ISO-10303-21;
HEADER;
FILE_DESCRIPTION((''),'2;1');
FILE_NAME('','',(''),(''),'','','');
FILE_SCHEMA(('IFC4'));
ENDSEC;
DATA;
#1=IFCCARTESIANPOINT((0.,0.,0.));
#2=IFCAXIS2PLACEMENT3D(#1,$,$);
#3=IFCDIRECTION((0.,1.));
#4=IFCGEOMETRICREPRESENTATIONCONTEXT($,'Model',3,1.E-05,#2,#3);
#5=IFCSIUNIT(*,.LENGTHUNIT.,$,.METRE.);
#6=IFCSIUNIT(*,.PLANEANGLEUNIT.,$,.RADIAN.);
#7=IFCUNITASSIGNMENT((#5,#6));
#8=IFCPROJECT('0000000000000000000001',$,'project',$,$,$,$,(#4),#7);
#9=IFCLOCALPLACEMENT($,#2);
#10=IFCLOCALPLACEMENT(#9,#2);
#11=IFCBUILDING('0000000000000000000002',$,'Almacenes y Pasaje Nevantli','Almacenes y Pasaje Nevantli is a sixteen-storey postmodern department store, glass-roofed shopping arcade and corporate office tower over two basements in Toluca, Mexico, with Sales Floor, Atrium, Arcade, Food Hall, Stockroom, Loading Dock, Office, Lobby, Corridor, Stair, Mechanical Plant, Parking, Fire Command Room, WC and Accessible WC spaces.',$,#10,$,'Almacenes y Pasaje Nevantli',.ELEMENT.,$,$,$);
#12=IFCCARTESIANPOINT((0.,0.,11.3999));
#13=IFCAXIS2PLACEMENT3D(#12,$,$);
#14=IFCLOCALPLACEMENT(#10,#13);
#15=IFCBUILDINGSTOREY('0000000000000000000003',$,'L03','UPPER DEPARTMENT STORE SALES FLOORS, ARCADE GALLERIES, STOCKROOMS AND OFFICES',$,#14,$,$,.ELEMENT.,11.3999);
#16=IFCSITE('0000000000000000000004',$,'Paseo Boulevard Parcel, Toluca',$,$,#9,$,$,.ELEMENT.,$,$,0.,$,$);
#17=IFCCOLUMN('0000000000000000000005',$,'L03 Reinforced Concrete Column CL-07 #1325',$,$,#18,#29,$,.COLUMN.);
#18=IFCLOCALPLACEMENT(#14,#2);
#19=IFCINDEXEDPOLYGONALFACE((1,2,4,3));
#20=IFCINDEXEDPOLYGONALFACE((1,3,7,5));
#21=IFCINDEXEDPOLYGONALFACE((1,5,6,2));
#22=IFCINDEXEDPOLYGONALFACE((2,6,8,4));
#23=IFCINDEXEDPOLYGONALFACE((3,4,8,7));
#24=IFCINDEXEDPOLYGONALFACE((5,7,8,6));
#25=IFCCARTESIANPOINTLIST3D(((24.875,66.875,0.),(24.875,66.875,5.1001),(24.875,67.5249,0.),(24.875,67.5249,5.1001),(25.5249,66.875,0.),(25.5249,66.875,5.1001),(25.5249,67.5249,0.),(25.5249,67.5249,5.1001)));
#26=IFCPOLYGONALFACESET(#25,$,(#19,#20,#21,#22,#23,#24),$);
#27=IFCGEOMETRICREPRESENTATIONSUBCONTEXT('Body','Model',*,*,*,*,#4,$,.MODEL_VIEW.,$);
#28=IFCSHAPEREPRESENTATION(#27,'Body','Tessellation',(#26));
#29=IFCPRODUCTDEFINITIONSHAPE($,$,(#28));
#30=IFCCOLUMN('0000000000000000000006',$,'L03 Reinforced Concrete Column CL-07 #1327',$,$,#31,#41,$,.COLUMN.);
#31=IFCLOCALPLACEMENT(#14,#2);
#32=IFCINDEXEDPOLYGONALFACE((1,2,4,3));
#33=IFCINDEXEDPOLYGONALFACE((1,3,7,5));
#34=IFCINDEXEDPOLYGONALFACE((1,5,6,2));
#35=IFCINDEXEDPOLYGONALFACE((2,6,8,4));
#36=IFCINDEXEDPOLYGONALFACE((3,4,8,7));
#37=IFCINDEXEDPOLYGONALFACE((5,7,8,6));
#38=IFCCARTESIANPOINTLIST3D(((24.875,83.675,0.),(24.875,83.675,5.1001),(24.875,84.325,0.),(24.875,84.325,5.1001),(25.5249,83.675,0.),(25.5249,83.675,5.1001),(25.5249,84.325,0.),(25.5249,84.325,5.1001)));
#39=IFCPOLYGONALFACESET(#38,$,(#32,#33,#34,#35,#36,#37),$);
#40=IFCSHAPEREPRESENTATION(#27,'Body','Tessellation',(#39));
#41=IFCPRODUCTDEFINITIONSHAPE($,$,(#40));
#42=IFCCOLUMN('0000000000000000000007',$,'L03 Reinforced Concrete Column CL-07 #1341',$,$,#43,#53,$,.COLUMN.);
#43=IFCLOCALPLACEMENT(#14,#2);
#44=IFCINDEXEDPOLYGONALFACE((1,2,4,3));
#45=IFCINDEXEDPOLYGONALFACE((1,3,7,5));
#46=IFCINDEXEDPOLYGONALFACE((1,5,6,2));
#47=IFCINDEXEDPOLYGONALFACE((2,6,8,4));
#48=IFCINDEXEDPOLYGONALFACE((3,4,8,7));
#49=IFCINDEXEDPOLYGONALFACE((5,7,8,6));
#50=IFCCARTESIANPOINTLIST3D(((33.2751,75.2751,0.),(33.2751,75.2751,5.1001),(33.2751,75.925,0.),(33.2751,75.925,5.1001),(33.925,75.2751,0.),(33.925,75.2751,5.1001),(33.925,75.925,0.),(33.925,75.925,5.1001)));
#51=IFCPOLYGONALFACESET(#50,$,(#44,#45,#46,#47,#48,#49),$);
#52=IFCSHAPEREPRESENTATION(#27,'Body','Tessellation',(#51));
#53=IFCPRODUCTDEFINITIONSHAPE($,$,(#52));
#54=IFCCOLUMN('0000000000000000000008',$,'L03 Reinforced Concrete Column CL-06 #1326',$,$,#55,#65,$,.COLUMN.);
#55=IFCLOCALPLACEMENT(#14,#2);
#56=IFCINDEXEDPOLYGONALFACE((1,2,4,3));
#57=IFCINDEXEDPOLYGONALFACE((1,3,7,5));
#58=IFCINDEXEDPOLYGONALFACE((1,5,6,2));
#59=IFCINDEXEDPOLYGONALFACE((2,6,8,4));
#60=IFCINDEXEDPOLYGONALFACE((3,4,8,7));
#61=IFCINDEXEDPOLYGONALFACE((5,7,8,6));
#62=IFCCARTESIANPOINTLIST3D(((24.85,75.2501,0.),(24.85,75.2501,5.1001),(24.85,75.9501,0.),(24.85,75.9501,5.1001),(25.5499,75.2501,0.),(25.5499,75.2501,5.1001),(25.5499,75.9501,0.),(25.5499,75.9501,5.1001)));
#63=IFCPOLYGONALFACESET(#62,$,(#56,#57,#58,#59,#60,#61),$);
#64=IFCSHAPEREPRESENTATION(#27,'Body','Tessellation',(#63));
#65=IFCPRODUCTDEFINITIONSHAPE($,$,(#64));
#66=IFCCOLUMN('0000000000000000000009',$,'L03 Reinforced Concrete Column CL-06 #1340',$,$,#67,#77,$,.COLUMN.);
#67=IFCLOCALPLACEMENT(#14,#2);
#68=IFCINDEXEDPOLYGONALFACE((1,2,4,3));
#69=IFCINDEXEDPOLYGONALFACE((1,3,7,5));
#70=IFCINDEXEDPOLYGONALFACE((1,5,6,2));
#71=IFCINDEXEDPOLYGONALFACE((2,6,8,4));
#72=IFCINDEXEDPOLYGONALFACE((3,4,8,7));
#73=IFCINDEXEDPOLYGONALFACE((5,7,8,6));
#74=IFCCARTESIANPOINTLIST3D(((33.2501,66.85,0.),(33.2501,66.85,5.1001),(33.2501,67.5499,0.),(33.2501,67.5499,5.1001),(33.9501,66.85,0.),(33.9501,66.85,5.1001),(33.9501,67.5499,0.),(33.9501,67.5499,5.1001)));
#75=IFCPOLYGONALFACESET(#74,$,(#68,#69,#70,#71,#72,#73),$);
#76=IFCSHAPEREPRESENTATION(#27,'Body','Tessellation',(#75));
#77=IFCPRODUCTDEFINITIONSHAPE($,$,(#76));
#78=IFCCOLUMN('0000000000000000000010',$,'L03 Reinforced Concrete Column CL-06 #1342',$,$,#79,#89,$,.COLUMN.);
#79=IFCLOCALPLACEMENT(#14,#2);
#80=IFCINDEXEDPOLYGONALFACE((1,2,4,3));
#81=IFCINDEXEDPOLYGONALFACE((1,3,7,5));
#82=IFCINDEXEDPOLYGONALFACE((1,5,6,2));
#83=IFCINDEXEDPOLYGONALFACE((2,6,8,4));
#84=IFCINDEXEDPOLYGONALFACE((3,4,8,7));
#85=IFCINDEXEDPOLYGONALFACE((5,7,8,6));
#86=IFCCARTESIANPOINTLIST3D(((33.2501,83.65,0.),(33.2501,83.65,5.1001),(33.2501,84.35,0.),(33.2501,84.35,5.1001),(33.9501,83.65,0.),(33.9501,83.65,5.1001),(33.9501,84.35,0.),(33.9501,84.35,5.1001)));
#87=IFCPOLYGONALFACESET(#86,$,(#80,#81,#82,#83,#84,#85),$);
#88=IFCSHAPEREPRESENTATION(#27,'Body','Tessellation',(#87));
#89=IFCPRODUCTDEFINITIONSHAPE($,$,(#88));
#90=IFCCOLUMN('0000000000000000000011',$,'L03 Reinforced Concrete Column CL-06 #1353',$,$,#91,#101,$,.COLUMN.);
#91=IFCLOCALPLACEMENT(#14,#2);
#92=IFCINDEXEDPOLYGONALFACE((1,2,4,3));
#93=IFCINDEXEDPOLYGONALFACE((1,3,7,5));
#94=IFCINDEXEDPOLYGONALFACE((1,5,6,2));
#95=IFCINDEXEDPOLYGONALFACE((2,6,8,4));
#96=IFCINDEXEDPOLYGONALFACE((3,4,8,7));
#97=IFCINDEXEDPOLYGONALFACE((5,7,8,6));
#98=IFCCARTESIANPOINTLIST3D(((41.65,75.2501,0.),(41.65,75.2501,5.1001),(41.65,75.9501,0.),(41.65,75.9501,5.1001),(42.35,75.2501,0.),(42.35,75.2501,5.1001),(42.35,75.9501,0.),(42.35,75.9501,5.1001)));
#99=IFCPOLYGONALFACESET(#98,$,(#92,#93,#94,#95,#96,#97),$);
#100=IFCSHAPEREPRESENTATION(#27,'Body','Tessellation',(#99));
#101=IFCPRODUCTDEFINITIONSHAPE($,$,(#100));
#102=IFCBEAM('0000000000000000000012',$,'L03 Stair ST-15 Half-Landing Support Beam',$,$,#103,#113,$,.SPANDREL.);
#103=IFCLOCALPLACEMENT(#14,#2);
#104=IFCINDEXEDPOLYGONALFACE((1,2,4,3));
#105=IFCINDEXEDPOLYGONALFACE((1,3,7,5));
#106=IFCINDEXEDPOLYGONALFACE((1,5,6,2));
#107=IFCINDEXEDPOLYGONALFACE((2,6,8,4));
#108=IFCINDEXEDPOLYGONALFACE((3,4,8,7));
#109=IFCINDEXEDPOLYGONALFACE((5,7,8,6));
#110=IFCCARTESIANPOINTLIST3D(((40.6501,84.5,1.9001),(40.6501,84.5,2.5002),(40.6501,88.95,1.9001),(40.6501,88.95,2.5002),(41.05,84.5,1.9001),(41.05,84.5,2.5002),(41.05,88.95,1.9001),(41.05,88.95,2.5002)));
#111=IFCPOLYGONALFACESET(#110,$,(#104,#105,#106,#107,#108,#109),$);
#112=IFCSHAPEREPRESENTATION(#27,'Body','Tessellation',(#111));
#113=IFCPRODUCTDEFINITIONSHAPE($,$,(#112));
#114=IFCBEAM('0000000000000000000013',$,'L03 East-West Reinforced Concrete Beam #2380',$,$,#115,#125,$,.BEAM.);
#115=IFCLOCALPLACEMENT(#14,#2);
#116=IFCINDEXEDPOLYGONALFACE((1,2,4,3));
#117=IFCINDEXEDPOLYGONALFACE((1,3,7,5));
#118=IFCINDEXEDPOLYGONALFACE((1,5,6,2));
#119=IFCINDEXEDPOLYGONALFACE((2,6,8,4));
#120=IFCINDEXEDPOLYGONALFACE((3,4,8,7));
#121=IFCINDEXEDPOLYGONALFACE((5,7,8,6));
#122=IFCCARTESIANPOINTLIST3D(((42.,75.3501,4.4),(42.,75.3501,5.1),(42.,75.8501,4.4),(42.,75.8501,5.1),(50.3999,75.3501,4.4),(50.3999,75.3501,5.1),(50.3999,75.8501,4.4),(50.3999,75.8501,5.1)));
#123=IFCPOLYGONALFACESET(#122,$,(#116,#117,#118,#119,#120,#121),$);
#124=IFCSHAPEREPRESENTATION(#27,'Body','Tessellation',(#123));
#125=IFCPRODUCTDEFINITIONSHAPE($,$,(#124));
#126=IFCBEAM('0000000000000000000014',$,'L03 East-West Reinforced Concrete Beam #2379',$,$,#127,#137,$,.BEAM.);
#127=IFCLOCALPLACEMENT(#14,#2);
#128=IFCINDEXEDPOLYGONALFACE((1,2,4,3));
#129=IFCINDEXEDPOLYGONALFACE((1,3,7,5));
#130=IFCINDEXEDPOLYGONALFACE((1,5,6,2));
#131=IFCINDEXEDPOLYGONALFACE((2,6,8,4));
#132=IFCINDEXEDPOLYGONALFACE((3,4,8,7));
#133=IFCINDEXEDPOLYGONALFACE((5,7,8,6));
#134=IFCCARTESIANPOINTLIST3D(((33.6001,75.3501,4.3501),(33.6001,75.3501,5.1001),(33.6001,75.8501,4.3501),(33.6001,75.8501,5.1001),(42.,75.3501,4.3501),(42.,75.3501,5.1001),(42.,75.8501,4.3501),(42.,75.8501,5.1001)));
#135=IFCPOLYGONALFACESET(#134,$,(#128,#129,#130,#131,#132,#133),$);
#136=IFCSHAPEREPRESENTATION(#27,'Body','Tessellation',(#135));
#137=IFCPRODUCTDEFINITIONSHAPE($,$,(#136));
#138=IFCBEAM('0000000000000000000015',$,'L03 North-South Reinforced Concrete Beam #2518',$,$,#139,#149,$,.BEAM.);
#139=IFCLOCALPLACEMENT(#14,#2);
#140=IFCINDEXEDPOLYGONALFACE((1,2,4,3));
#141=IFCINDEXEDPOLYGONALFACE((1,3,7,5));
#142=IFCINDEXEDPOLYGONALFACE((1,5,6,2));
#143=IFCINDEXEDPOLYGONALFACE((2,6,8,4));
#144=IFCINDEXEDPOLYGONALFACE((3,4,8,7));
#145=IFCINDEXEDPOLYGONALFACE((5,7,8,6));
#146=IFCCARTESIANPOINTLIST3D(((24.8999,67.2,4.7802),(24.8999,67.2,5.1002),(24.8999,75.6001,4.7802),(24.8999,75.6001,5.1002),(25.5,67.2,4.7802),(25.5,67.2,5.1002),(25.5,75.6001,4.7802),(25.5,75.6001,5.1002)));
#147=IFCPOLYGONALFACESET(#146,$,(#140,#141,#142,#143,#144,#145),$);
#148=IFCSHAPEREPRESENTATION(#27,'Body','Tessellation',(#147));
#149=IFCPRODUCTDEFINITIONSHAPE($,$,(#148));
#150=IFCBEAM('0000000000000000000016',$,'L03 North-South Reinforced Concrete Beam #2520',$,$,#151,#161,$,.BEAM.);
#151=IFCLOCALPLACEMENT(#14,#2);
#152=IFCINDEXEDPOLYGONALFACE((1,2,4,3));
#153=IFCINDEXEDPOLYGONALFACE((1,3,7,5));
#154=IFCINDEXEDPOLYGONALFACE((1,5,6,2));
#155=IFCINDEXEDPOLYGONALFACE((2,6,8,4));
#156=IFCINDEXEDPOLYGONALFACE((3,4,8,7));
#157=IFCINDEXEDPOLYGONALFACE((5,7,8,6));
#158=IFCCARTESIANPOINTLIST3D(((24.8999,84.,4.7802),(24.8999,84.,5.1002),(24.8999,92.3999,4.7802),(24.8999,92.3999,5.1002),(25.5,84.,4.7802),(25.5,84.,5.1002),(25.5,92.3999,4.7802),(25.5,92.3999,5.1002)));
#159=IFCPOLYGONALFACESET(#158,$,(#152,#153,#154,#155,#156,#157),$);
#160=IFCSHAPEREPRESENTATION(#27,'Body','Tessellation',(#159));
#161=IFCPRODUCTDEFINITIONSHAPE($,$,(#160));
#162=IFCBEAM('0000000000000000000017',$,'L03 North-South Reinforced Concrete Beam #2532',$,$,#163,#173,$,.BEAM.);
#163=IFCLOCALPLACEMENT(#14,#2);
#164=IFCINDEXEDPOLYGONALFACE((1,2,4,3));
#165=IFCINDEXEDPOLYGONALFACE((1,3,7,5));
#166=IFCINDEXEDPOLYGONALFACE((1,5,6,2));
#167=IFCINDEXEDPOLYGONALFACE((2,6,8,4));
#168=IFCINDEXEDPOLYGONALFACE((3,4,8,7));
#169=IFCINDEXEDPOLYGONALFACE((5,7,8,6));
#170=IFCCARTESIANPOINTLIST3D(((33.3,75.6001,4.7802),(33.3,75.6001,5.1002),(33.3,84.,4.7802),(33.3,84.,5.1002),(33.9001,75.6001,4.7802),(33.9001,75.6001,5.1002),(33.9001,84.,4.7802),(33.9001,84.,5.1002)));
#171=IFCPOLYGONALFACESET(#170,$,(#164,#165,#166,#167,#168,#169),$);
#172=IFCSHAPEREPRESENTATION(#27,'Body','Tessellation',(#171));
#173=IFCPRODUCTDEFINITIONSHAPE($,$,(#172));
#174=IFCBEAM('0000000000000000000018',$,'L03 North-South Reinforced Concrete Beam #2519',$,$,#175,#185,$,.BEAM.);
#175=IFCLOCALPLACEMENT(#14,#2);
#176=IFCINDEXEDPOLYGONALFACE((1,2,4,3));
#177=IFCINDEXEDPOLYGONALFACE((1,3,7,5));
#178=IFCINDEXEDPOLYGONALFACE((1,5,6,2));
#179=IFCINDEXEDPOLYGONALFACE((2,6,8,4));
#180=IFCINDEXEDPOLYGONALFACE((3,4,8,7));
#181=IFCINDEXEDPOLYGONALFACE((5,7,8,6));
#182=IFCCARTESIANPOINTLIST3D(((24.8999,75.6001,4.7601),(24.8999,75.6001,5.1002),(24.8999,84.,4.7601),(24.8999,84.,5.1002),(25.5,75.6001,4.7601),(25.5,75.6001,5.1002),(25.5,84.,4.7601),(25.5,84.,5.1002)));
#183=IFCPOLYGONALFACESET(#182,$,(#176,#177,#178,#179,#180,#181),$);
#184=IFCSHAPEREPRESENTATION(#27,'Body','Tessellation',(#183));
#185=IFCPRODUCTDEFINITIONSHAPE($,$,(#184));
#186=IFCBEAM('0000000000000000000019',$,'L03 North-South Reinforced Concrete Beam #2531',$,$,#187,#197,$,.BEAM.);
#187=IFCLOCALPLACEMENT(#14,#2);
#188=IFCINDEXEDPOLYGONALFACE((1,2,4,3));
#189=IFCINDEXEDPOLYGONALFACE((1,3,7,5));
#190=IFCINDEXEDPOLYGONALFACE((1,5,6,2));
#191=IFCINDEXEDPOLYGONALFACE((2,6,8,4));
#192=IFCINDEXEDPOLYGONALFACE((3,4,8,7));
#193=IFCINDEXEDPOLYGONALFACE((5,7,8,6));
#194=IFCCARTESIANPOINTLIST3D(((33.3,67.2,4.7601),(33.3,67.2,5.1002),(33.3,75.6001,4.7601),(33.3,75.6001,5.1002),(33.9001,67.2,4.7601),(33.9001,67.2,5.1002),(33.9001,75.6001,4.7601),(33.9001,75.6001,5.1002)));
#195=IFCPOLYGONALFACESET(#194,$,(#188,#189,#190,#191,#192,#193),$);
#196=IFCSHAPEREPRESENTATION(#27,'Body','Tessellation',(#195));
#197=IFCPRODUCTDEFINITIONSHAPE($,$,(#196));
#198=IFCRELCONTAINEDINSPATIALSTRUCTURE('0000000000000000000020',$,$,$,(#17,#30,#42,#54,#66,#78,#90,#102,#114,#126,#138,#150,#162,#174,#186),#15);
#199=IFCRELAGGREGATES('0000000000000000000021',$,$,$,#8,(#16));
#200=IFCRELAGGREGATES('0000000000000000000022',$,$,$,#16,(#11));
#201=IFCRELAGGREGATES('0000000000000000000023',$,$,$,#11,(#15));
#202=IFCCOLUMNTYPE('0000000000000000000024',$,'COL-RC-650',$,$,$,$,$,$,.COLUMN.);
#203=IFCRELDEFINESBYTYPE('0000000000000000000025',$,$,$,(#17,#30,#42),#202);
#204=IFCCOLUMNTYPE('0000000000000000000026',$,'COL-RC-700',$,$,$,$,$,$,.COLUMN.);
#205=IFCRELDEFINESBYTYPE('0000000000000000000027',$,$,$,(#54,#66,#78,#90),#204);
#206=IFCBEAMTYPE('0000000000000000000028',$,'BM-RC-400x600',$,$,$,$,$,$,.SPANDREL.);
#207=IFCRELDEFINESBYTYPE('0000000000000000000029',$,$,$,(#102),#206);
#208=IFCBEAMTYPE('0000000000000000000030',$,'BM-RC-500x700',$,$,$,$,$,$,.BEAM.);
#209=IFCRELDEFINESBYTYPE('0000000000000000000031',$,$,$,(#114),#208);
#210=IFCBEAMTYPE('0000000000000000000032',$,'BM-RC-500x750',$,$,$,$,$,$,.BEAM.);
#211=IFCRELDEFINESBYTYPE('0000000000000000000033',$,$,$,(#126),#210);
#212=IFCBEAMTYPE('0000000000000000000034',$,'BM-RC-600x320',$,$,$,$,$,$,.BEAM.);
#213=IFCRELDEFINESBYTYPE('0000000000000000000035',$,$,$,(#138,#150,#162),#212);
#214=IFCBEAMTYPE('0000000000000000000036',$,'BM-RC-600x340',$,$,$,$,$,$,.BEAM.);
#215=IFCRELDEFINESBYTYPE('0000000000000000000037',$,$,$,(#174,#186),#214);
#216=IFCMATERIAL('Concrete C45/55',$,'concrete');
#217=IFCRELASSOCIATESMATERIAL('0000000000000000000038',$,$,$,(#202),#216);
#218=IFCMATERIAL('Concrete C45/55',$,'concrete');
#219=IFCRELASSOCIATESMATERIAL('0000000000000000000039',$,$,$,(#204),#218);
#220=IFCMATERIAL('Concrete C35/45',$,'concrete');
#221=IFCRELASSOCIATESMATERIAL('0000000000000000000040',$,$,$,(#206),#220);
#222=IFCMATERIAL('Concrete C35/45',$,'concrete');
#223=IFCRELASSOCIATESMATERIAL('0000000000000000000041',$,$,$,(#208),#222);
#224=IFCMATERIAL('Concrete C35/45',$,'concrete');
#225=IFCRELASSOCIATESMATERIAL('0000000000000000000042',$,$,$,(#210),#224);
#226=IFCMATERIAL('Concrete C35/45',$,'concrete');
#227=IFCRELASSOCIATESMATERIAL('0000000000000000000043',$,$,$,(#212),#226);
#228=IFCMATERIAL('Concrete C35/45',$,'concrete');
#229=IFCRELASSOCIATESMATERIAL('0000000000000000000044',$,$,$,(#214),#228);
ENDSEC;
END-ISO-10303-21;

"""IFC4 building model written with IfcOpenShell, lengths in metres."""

from ifc_helpers import new_model, si_unit, direction, frame, origin, origin_2d, place, context, subcontext, project, spatial, rectangle, extrude, material, material_profile, profile_set, type_object, element, save


model = new_model("IFC4")

# Units and contexts
model_context = context("Model", 3, precision=1e-05, world=origin(), true_north=direction((0.0, 1.0)))
body_context = subcontext(model_context, "Body", "Model", "MODEL_VIEW")
ifc_project = project(units=[si_unit("LENGTHUNIT", "METRE"), si_unit("PLANEANGLEUNIT", "RADIAN")], contexts=[model_context])

# Site, building, storey
site_placement = place(None, origin())
site = spatial("IfcSite", under=ifc_project, at=site_placement, Name="Paseo Boulevard Parcel, Toluca", CompositionType="ELEMENT", RefElevation=0.0)
building_placement = place(site_placement, origin())
building = spatial("IfcBuilding", under=site, at=building_placement, Name="Almacenes y Pasaje Nevantli", Description="Almacenes y Pasaje Nevantli is a sixteen-storey postmodern department store, glass-roofed shopping arcade and corporate office tower over two basements in Toluca, Mexico, with Sales Floor, Atrium, Arcade, Food Hall, Stockroom, Loading Dock, Office, Lobby, Corridor, Stair, Mechanical Plant, Parking, Fire Command Room, WC and Accessible WC spaces.", LongName="Almacenes y Pasaje Nevantli", CompositionType="ELEMENT")
storey_placement = place(building_placement, frame((0.0, 0.0, 11.3999)))
storey = spatial("IfcBuildingStorey", under=building, at=storey_placement, Name="L03", Description="UPPER DEPARTMENT STORE SALES FLOORS, ARCADE GALLERIES, STOCKROOMS AND OFFICES", CompositionType="ELEMENT", Elevation=11.3999)

# Columns
ifc_material_1 = material(Name="Concrete C45/55", Category="concrete")
ifc_material_profile_1 = material_profile(ifc_material_1, rectangle(XDim=0.6499, YDim=0.6499, at=origin_2d()), Name="RC-COL-650x650")
ifc_profile_set_1 = profile_set([ifc_material_profile_1], Name="Concrete C45/55")
column_type_1 = type_object("IfcColumnType", Name="COL-RC-650", PredefinedType="COLUMN", material=ifc_profile_set_1)
for number, where, z_axis, x_axis, name in (
    (1, (25.2, 67.2, 0.0), (0.0, 0.0, 1.0), (1.0, 0.0, 0.0), "L03 Reinforced Concrete Column CL-07 #1325"),
    (2, (25.2, 84.0, 0.0), (0.0, 0.0, 1.0), (1.0, 0.0, 0.0), "L03 Reinforced Concrete Column CL-07 #1327"),
    (3, (33.6001, 75.6001, 0.0), (0.0, 0.0, 1.0), (1.0, 0.0, 0.0), "L03 Reinforced Concrete Column CL-07 #1341"),
):
    element("IfcColumn", number, at=place(storey_placement, frame(where, z_axis=z_axis, x_axis=x_axis)), inside=storey, type_object=column_type_1, Name=name, PredefinedType="COLUMN", context=body_context, shape_type="SweptSolid", body=[
        extrude(rectangle(XDim=0.6499, YDim=0.6499, at=origin_2d()), origin(), (0.0, 0.0, 1.0), 5.1001),
    ])
ifc_material_2 = material(Name="Concrete C45/55", Category="concrete")
ifc_material_profile_2 = material_profile(ifc_material_2, rectangle(XDim=0.7, YDim=0.7, at=origin_2d()), Name="RC-COL-700x700")
ifc_profile_set_2 = profile_set([ifc_material_profile_2], Name="Concrete C45/55")
column_type_2 = type_object("IfcColumnType", Name="COL-RC-700", PredefinedType="COLUMN", material=ifc_profile_set_2)
for number, where, z_axis, x_axis, name in (
    (4, (25.2, 75.6001, 0.0), (0.0, 0.0, 1.0), (1.0, 0.0, 0.0), "L03 Reinforced Concrete Column CL-06 #1326"),
    (5, (33.6001, 67.2, 0.0), (0.0, 0.0, 1.0), (1.0, 0.0, 0.0), "L03 Reinforced Concrete Column CL-06 #1340"),
    (6, (33.6001, 84.0, 0.0), (0.0, 0.0, 1.0), (1.0, 0.0, 0.0), "L03 Reinforced Concrete Column CL-06 #1342"),
    (7, (42.0, 75.6001, 0.0), (0.0, 0.0, 1.0), (1.0, 0.0, 0.0), "L03 Reinforced Concrete Column CL-06 #1353"),
):
    element("IfcColumn", number, at=place(storey_placement, frame(where, z_axis=z_axis, x_axis=x_axis)), inside=storey, type_object=column_type_2, Name=name, PredefinedType="COLUMN", context=body_context, shape_type="SweptSolid", body=[
        extrude(rectangle(XDim=0.7, YDim=0.7, at=origin_2d()), origin(), (0.0, 0.0, 1.0), 5.1001),
    ])

# Beams
ifc_material_3 = material(Name="Concrete C35/45", Category="concrete")
ifc_material_profile_3 = material_profile(ifc_material_3, rectangle(XDim=0.3999, YDim=0.6001, at=origin_2d()), Name="RC-BM-400x600")
ifc_profile_set_3 = profile_set([ifc_material_profile_3], Name="Concrete C35/45")
beam_type_1 = type_object("IfcBeamType", Name="BM-RC-400x600", PredefinedType="SPANDREL", material=ifc_profile_set_3)
beam_1_placement = place(storey_placement, frame((40.8501, 84.5, 2.2002), z_axis=(0.0, 1.0, 0.0), x_axis=(-1.0, 0.0, 0.0)))
element("IfcBeam", 8, at=beam_1_placement, inside=storey, type_object=beam_type_1, Name="L03 Stair ST-15 Half-Landing Support Beam", PredefinedType="SPANDREL", context=body_context, shape_type="SweptSolid", body=[
    extrude(rectangle(XDim=0.3999, YDim=0.6001, at=origin_2d()), origin(), (0.0, 0.0, 1.0), 4.45),
])
ifc_material_4 = material(Name="Concrete C35/45", Category="concrete")
ifc_material_profile_4 = material_profile(ifc_material_4, rectangle(XDim=0.5, YDim=0.7, at=origin_2d()), Name="RC-BM-500x700")
ifc_profile_set_4 = profile_set([ifc_material_profile_4], Name="Concrete C35/45")
beam_type_2 = type_object("IfcBeamType", Name="BM-RC-500x700", PredefinedType="BEAM", material=ifc_profile_set_4)
beam_2_placement = place(storey_placement, frame((42.0, 75.6001, 4.75), z_axis=(1.0, 0.0, 0.0), x_axis=(0.0, 1.0, 0.0)))
element("IfcBeam", 9, at=beam_2_placement, inside=storey, type_object=beam_type_2, Name="L03 East-West Reinforced Concrete Beam #2380", PredefinedType="BEAM", context=body_context, shape_type="SweptSolid", body=[
    extrude(rectangle(XDim=0.5, YDim=0.7, at=origin_2d()), origin(), (0.0, 0.0, 1.0), 8.3999),
])
ifc_material_5 = material(Name="Concrete C35/45", Category="concrete")
ifc_material_profile_5 = material_profile(ifc_material_5, rectangle(XDim=0.5, YDim=0.75, at=origin_2d()), Name="RC-BM-500x750")
ifc_profile_set_5 = profile_set([ifc_material_profile_5], Name="Concrete C35/45")
beam_type_3 = type_object("IfcBeamType", Name="BM-RC-500x750", PredefinedType="BEAM", material=ifc_profile_set_5)
beam_3_placement = place(storey_placement, frame((33.6001, 75.6001, 4.7251), z_axis=(1.0, 0.0, 0.0), x_axis=(0.0, 1.0, 0.0)))
element("IfcBeam", 10, at=beam_3_placement, inside=storey, type_object=beam_type_3, Name="L03 East-West Reinforced Concrete Beam #2379", PredefinedType="BEAM", context=body_context, shape_type="SweptSolid", body=[
    extrude(rectangle(XDim=0.5, YDim=0.75, at=origin_2d()), origin(), (0.0, 0.0, 1.0), 8.3999),
])
ifc_material_6 = material(Name="Concrete C35/45", Category="concrete")
ifc_material_profile_6 = material_profile(ifc_material_6, rectangle(XDim=0.6001, YDim=0.3201, at=origin_2d()), Name="RC-BM-600x320")
ifc_profile_set_6 = profile_set([ifc_material_profile_6], Name="Concrete C35/45")
beam_type_4 = type_object("IfcBeamType", Name="BM-RC-600x320", PredefinedType="BEAM", material=ifc_profile_set_6)
beam_4_placement = place(storey_placement, frame((25.2, 67.2, 4.9402), z_axis=(0.0, 1.0, 0.0), x_axis=(-1.0, 0.0, 0.0)))
element("IfcBeam", 11, at=beam_4_placement, inside=storey, type_object=beam_type_4, Name="L03 North-South Reinforced Concrete Beam #2518", PredefinedType="BEAM", context=body_context, shape_type="SweptSolid", body=[
    extrude(rectangle(XDim=0.6001, YDim=0.3201, at=origin_2d()), origin(), (0.0, 0.0, 1.0), 8.4001),
])
for number, where, z_axis, x_axis, name in (
    (12, (25.2, 84.0, 4.9402), (0.0, 1.0, 0.0), (-1.0, 0.0, 0.0), "L03 North-South Reinforced Concrete Beam #2520"),
    (13, (33.6001, 75.6001, 4.9402), (0.0, 1.0, 0.0), (-1.0, 0.0, 0.0), "L03 North-South Reinforced Concrete Beam #2532"),
):
    element("IfcBeam", number, at=place(storey_placement, frame(where, z_axis=z_axis, x_axis=x_axis)), inside=storey, type_object=beam_type_4, Name=name, PredefinedType="BEAM", context=body_context, shape_type="SweptSolid", body=[
        extrude(rectangle(XDim=0.6001, YDim=0.3201, at=origin_2d()), origin(), (0.0, 0.0, 1.0), 8.3999),
    ])
ifc_material_7 = material(Name="Concrete C35/45", Category="concrete")
ifc_material_profile_7 = material_profile(ifc_material_7, rectangle(XDim=0.6001, YDim=0.3401, at=origin_2d()), Name="RC-BM-600x340")
ifc_profile_set_7 = profile_set([ifc_material_profile_7], Name="Concrete C35/45")
beam_type_5 = type_object("IfcBeamType", Name="BM-RC-600x340", PredefinedType="BEAM", material=ifc_profile_set_7)
beam_5_placement = place(storey_placement, frame((25.2, 75.6001, 4.9302), z_axis=(0.0, 1.0, 0.0), x_axis=(-1.0, 0.0, 0.0)))
element("IfcBeam", 14, at=beam_5_placement, inside=storey, type_object=beam_type_5, Name="L03 North-South Reinforced Concrete Beam #2519", PredefinedType="BEAM", context=body_context, shape_type="SweptSolid", body=[
    extrude(rectangle(XDim=0.6001, YDim=0.3401, at=origin_2d()), origin(), (0.0, 0.0, 1.0), 8.3999),
])
beam_6_placement = place(storey_placement, frame((33.6001, 67.2, 4.9302), z_axis=(0.0, 1.0, 0.0), x_axis=(-1.0, 0.0, 0.0)))
element("IfcBeam", 15, at=beam_6_placement, inside=storey, type_object=beam_type_5, Name="L03 North-South Reinforced Concrete Beam #2531", PredefinedType="BEAM", context=body_context, shape_type="SweptSolid", body=[
    extrude(rectangle(XDim=0.6001, YDim=0.3401, at=origin_2d()), origin(), (0.0, 0.0, 1.0), 8.4001),
])

save(model, "model.ifc")
